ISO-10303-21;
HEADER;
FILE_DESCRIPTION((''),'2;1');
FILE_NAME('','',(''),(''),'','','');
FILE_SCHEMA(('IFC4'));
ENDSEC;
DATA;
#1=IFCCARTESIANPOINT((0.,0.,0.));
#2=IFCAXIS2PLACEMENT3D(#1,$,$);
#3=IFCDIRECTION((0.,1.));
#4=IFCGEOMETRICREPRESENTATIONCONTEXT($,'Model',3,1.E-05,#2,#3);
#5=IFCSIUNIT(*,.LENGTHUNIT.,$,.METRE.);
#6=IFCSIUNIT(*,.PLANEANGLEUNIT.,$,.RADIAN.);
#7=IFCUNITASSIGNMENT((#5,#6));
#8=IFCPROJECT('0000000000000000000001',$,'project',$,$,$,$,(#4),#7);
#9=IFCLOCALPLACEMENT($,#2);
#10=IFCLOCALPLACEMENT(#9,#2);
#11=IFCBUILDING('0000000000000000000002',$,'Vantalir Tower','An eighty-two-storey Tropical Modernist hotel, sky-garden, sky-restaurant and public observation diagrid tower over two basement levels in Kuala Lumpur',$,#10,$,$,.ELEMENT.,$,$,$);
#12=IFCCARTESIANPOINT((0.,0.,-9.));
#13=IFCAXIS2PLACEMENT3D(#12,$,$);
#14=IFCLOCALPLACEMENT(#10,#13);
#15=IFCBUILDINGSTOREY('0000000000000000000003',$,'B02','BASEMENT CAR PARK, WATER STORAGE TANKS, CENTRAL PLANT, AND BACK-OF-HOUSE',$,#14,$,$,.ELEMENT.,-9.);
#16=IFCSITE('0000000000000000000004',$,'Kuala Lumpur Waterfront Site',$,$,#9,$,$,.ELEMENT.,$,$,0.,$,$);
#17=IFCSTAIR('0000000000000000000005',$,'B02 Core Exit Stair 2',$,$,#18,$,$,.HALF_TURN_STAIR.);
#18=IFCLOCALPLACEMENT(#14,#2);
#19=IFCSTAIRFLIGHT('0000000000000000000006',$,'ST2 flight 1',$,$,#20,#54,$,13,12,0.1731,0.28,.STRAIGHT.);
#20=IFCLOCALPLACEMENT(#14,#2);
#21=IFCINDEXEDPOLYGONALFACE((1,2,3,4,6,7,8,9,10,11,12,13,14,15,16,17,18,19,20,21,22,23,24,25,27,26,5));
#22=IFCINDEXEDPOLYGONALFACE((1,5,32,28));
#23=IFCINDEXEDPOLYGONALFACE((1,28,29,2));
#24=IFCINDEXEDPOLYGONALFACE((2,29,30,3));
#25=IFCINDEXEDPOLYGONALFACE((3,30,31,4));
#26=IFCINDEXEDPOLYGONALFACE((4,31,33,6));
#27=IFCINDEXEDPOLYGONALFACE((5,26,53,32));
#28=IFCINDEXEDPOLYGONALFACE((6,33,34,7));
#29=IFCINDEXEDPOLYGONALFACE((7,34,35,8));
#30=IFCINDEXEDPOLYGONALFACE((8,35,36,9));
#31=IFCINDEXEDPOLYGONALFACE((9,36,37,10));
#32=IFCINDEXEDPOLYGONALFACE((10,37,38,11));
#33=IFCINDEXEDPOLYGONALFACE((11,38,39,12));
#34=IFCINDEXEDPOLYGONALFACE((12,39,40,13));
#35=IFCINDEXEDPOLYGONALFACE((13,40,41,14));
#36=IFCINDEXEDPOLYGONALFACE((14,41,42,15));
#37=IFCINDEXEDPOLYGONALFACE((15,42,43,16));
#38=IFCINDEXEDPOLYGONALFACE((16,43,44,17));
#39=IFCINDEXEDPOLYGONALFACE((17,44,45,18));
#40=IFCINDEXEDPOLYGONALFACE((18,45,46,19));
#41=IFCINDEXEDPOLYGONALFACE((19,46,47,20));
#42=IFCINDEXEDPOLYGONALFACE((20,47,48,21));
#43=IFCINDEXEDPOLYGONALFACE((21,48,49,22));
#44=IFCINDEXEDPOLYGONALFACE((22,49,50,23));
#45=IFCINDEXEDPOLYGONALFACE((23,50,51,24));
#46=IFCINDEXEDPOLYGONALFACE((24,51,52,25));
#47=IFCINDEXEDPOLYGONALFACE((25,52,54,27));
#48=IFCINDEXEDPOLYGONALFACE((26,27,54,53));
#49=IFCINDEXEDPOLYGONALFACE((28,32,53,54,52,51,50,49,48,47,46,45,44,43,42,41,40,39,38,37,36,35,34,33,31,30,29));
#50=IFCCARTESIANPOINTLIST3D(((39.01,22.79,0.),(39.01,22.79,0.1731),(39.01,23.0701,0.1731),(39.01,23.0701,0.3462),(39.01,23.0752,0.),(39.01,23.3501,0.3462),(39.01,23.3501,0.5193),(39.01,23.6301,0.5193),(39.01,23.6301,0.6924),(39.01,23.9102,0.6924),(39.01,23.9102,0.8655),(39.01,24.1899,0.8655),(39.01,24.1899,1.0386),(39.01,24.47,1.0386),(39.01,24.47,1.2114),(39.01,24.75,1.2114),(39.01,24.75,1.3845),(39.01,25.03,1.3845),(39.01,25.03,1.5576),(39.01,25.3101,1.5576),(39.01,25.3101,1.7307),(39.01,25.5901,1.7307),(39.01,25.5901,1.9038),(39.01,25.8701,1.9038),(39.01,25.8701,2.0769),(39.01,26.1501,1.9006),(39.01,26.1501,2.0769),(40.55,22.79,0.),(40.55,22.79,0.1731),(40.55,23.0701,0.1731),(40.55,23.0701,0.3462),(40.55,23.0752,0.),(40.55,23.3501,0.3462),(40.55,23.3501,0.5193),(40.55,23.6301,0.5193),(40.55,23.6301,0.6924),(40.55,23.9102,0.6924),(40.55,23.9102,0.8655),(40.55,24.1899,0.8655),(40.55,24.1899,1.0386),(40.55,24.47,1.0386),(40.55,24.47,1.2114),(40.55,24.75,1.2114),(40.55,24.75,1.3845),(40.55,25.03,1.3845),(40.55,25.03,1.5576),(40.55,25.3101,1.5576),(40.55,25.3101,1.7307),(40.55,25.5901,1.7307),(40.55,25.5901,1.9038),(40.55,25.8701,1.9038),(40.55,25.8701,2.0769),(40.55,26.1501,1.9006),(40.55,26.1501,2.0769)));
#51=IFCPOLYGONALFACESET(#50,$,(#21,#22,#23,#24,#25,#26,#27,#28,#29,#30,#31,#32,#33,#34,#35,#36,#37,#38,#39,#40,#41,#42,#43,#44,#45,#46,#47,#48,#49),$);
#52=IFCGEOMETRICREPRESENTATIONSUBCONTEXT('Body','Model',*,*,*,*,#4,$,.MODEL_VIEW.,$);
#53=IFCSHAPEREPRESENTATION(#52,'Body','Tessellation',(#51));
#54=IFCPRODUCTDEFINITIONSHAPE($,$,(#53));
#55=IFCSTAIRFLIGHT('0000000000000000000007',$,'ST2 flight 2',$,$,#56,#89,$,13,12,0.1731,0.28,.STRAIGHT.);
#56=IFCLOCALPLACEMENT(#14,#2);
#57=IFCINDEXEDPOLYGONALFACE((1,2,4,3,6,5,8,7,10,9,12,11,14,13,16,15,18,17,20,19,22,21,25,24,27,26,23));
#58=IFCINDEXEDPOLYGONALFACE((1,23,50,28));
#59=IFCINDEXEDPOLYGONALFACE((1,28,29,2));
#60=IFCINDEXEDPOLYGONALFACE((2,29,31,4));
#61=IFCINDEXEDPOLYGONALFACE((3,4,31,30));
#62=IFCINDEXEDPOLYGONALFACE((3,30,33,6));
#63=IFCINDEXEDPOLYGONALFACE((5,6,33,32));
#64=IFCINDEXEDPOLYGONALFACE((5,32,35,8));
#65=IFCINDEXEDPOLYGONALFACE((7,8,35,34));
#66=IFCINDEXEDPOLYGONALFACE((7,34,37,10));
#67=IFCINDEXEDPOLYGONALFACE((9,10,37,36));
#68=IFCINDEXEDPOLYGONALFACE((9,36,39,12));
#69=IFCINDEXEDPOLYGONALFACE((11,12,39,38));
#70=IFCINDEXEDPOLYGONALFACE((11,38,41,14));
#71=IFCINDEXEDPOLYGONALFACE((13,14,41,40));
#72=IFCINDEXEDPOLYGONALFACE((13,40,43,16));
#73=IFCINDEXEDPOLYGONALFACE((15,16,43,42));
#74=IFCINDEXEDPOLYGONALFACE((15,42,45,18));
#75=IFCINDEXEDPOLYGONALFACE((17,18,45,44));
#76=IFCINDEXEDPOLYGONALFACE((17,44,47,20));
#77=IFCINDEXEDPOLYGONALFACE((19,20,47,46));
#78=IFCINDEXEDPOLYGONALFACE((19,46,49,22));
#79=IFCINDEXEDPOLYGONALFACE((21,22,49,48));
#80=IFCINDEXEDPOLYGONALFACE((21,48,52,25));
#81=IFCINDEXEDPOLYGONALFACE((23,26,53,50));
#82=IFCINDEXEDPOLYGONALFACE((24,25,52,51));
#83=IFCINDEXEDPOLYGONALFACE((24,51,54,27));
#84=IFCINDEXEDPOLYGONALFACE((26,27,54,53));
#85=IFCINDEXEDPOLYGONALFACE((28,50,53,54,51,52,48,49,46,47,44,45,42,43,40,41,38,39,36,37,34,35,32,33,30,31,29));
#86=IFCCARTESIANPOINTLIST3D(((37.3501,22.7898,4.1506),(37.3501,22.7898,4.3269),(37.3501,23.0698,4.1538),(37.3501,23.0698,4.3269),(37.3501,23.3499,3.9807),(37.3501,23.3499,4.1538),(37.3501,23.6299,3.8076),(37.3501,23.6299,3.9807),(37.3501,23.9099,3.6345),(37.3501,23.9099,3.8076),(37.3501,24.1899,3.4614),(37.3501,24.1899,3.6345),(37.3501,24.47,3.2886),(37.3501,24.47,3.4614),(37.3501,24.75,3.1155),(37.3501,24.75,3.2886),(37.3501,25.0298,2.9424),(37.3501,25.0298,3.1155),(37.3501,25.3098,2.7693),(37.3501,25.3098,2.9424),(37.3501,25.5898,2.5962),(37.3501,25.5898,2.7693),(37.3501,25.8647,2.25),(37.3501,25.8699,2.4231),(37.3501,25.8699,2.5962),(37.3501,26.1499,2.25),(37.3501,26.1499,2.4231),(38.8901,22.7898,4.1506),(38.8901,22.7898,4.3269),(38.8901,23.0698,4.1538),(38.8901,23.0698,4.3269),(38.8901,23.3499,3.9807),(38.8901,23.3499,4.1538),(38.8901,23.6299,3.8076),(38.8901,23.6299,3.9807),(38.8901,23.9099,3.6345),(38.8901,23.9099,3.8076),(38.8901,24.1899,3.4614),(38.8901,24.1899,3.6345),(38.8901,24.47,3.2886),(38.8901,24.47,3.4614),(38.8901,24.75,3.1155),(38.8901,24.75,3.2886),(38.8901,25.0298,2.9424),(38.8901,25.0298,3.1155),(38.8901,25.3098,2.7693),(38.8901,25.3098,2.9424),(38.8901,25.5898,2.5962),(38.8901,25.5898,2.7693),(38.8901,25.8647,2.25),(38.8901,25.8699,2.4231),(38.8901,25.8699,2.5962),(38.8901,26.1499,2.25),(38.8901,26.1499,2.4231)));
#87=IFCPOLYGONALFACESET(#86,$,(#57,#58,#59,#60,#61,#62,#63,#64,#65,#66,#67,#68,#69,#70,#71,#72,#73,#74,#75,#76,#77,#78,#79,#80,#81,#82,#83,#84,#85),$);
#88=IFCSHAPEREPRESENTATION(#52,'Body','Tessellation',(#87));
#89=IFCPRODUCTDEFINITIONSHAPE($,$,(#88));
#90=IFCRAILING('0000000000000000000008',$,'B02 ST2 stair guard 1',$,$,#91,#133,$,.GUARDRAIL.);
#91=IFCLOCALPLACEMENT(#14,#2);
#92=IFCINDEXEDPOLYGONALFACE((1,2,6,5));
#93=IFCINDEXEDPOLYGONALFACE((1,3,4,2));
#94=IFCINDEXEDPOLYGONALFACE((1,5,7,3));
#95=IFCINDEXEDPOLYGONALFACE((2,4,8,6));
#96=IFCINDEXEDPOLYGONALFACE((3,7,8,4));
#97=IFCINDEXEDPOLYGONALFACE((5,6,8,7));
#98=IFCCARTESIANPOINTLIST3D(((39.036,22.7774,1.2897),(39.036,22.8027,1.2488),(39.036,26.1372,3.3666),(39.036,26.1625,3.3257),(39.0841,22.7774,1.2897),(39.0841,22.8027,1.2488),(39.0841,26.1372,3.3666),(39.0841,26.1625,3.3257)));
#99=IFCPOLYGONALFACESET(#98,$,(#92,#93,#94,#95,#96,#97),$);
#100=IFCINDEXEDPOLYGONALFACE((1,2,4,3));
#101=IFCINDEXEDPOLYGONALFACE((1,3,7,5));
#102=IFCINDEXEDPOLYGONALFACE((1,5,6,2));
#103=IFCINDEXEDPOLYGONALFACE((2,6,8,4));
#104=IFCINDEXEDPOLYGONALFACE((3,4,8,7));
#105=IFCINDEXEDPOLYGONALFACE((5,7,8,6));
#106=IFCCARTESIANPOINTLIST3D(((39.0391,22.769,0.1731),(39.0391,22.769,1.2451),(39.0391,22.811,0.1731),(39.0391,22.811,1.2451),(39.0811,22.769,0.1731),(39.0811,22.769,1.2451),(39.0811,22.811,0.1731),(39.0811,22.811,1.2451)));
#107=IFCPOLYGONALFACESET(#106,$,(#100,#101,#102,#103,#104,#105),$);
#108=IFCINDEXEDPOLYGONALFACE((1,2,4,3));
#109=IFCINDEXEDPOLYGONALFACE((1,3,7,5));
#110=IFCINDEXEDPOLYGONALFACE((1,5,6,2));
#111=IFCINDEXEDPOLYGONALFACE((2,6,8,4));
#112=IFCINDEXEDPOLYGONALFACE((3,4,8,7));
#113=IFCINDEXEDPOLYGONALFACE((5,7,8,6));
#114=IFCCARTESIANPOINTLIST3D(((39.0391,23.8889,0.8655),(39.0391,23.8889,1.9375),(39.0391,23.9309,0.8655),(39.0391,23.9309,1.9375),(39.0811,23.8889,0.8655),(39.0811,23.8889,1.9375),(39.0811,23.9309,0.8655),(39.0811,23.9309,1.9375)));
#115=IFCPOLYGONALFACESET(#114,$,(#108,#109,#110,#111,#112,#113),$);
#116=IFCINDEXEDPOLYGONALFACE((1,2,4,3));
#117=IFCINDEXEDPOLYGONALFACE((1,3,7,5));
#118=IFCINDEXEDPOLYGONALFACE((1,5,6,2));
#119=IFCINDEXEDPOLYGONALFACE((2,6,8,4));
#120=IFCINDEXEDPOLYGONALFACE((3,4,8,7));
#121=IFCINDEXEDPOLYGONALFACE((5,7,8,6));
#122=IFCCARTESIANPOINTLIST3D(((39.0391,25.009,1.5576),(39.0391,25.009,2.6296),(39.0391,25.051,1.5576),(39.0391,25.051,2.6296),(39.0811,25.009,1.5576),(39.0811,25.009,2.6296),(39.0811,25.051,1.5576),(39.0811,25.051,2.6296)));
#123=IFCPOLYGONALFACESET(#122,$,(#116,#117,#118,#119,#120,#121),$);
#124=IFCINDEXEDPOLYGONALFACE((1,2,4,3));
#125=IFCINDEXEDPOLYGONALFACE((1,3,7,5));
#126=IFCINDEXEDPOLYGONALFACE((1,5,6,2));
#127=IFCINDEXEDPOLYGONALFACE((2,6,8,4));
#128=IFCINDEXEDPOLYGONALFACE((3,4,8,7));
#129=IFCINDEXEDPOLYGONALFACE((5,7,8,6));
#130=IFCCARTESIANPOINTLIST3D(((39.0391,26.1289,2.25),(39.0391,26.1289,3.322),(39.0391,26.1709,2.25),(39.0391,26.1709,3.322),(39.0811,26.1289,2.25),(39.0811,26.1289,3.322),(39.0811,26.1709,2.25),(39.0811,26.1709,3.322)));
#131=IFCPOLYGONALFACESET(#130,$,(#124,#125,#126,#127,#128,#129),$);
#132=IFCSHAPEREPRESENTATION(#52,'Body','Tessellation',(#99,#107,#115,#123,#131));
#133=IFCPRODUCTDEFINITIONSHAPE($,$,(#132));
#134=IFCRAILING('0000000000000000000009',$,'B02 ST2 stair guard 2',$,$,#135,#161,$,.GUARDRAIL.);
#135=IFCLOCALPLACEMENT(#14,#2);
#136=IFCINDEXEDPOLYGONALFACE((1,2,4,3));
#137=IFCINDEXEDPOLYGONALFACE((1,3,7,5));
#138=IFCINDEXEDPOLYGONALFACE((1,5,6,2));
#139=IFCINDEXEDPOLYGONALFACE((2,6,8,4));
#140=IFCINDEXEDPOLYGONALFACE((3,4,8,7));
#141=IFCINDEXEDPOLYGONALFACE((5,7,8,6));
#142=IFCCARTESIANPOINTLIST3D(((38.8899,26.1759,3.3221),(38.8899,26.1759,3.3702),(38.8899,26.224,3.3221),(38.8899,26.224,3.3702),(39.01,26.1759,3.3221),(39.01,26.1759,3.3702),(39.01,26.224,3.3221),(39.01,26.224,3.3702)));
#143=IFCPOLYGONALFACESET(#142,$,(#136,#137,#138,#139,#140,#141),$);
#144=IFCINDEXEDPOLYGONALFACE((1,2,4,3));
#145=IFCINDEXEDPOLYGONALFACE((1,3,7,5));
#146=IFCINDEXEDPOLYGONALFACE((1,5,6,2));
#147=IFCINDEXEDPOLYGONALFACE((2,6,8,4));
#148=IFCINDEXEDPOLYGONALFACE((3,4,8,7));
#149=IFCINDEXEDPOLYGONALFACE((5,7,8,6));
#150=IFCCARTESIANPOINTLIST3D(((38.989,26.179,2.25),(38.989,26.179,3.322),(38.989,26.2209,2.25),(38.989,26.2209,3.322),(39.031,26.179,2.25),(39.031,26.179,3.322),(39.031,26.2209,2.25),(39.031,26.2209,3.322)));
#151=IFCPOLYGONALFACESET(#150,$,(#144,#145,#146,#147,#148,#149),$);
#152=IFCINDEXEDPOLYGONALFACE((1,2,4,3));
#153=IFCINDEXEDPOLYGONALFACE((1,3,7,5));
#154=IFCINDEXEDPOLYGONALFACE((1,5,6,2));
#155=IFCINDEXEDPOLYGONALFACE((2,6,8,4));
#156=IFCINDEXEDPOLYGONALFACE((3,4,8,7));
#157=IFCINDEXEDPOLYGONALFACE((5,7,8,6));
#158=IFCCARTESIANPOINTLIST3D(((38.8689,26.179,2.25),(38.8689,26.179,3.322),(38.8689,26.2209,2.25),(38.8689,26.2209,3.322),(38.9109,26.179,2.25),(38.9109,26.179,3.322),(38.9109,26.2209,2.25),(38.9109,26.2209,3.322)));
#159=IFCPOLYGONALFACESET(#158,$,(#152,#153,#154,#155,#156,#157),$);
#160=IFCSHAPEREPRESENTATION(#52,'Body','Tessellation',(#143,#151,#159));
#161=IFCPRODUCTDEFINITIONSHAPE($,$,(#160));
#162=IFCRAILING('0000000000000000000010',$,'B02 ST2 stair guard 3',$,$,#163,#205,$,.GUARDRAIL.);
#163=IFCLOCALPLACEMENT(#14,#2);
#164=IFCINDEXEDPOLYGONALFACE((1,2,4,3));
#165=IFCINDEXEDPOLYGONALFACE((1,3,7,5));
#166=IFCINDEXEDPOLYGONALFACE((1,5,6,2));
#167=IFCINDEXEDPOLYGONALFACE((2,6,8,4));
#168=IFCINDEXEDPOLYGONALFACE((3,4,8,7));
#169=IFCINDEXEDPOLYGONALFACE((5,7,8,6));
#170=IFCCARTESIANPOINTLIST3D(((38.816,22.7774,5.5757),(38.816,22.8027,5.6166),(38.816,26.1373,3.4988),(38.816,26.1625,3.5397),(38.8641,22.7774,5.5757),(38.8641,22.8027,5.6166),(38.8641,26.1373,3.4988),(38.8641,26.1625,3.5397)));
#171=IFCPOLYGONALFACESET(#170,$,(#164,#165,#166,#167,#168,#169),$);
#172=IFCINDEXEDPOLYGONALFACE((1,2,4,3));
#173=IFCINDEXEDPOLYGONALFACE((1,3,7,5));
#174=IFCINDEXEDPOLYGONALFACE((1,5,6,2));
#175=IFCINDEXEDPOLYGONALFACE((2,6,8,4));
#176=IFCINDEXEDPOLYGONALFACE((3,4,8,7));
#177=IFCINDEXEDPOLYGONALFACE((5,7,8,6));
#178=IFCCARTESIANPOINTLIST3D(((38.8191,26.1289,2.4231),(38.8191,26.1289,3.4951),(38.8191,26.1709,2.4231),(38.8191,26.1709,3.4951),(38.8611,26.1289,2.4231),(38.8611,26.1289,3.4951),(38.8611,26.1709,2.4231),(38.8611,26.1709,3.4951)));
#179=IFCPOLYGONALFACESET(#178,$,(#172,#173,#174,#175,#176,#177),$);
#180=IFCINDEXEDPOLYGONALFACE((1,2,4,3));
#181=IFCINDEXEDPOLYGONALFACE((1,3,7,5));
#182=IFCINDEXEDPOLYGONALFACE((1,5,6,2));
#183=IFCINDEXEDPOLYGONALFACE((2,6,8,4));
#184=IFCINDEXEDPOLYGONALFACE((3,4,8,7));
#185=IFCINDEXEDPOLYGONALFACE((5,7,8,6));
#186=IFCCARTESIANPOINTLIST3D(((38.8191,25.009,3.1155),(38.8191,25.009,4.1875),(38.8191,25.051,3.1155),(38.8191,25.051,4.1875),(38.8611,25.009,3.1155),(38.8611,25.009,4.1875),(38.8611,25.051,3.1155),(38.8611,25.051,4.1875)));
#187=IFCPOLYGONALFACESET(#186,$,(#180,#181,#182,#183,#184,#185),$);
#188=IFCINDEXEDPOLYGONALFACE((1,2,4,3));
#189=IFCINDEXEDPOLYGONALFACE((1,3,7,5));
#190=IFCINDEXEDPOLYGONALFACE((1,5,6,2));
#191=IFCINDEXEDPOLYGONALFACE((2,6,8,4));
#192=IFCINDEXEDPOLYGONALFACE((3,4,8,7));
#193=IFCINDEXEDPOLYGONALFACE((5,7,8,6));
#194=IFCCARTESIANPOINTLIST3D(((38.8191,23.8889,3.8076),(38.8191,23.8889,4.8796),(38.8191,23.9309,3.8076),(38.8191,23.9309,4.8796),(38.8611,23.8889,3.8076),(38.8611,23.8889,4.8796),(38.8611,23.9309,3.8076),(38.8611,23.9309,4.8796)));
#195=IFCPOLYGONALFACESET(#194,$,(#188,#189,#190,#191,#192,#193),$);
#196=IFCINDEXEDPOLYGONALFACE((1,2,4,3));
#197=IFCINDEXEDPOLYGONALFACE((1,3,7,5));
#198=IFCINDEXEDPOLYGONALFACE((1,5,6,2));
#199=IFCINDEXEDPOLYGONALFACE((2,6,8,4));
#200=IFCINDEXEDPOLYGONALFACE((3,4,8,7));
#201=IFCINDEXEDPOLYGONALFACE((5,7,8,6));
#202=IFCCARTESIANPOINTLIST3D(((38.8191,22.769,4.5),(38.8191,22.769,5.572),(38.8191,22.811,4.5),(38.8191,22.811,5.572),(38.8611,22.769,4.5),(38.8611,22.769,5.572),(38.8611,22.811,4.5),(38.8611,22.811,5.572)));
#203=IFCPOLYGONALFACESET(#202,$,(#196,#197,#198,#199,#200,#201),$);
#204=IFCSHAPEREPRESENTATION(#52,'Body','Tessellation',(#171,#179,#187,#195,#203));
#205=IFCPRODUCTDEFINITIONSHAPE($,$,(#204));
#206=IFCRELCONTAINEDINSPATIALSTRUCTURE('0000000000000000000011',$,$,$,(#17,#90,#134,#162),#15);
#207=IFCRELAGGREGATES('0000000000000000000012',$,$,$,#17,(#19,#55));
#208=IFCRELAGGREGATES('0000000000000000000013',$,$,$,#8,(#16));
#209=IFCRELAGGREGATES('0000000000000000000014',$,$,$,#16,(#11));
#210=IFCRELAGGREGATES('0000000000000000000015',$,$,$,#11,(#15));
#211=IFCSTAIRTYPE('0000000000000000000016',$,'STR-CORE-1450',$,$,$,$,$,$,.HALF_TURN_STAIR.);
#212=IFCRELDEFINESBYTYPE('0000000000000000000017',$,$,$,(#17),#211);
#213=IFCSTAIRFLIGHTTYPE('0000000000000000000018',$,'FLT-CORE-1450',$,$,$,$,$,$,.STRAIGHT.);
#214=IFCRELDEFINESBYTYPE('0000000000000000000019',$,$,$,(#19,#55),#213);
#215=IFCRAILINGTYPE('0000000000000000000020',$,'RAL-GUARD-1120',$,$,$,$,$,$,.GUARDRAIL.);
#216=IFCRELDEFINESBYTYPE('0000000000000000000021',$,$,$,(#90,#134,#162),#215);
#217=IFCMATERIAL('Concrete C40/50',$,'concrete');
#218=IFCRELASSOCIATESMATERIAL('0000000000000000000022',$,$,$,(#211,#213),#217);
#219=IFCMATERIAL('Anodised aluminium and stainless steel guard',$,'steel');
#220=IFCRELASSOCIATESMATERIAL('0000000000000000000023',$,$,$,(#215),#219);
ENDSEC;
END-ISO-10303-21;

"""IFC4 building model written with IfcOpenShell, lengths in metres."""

from ifc_helpers import new_model, si_unit, direction, frame, origin, origin_2d, place, context, subcontext, project, spatial, polyline, rectangle, outline, extrude, material, type_object, element, aggregate, save


model = new_model("IFC4")

# Units and contexts
model_context = context("Model", 3, precision=1e-05, world=origin(), true_north=direction((0.0, 1.0)))
body_context = subcontext(model_context, "Body", "Model", "MODEL_VIEW")
ifc_project = project(units=[si_unit("LENGTHUNIT", "METRE"), si_unit("PLANEANGLEUNIT", "RADIAN")], contexts=[model_context])

# Site, building, storey
site_placement = place(None, origin())
site = spatial("IfcSite", under=ifc_project, at=site_placement, Name="Kuala Lumpur Waterfront Site", CompositionType="ELEMENT", RefElevation=0.0)
building_placement = place(site_placement, origin())
building = spatial("IfcBuilding", under=site, at=building_placement, Name="Vantalir Tower", Description="An eighty-two-storey Tropical Modernist hotel, sky-garden, sky-restaurant and public observation diagrid tower over two basement levels in Kuala Lumpur", CompositionType="ELEMENT")
storey_placement = place(building_placement, frame((0.0, 0.0, -9.0)))
storey = spatial("IfcBuildingStorey", under=building, at=storey_placement, Name="B02", Description="BASEMENT CAR PARK, WATER STORAGE TANKS, CENTRAL PLANT, AND BACK-OF-HOUSE", CompositionType="ELEMENT", Elevation=-9.0)

# Stair, stair flights
ifc_material_1 = material(Name="Concrete C40/50", Category="concrete")
stair_type = type_object("IfcStairType", Name="STR-CORE-1450", PredefinedType="HALF_TURN_STAIR", material=ifc_material_1)
stair_placement = place(storey_placement, origin())
stair = element("IfcStair", 1, at=stair_placement, inside=storey, type_object=stair_type, Name="B02 Core Exit Stair 2", PredefinedType="HALF_TURN_STAIR")
stair_flight_type = type_object("IfcStairFlightType", Name="FLT-CORE-1450", PredefinedType="STRAIGHT", material=ifc_material_1)
stair_flight_1_placement = place(storey_placement, frame((39.78, 22.79, 0.0), z_axis=(0.0, 0.0, 1.0), x_axis=(0.0, 1.0, 0.0)))
stair_flight_1 = element("IfcStairFlight", 2, at=stair_flight_1_placement, type_object=stair_flight_type, Name="ST2 flight 1", NumberOfRisers=13, NumberOfTreads=12, PredefinedType="STRAIGHT", RiserHeight=0.1731, TreadLength=0.28, context=body_context, shape_type="SweptSolid", body=[
    extrude(outline(polyline([(0.0, 0.0), (0.0, 0.1731), (0.28, 0.1731), (0.28, 0.3462), (0.5601, 0.3462), (0.5601, 0.5193), (0.8401, 0.5193), (0.8401, 0.6924), (1.1201, 0.6924), (1.1201, 0.8655), (1.3999, 0.8655), (1.3999, 1.0386), (1.6799, 1.0386), (1.6799, 1.2114), (1.96, 1.2114), (1.96, 1.3845), (2.24, 1.3845), (2.24, 1.5576), (2.52, 1.5576), (2.52, 1.7307), (2.8, 1.7307), (2.8, 1.9038), (3.0801, 1.9038), (3.0801, 2.0769), (3.3601, 2.0769), (3.3601, 2.25), (3.3601, 1.9006), (0.2852, 0.0), (0.0, 0.0)])), frame((0.0, 0.77, 0.0), z_axis=(0.0, -1.0, 0.0), x_axis=(1.0, 0.0, 0.0)), (0.0, 0.0, 1.0), 1.54),
])
stair_flight_2_placement = place(storey_placement, frame((38.1201, 26.1499, 2.25), z_axis=(0.0, 0.0, 1.0), x_axis=(0.0, -1.0, 0.0)))
stair_flight_2 = element("IfcStairFlight", 3, at=stair_flight_2_placement, type_object=stair_flight_type, Name="ST2 flight 2", NumberOfRisers=13, NumberOfTreads=12, PredefinedType="STRAIGHT", RiserHeight=0.1731, TreadLength=0.28, context=body_context, shape_type="SweptSolid", body=[
    extrude(outline(polyline([(0.0, 0.0), (0.0, 0.1731), (0.28, 0.1731), (0.28, 0.3462), (0.5601, 0.3462), (0.5601, 0.5193), (0.8401, 0.5193), (0.8401, 0.6924), (1.1201, 0.6924), (1.1201, 0.8655), (1.3999, 0.8655), (1.3999, 1.0386), (1.6799, 1.0386), (1.6799, 1.2114), (1.96, 1.2114), (1.96, 1.3845), (2.24, 1.3845), (2.24, 1.5576), (2.52, 1.5576), (2.52, 1.7307), (2.8, 1.7307), (2.8, 1.9038), (3.0801, 1.9038), (3.0801, 2.0769), (3.3601, 2.0769), (3.3601, 2.25), (3.3601, 1.9006), (0.2852, 0.0), (0.0, 0.0)])), frame((0.0, 0.77, 0.0), z_axis=(0.0, -1.0, 0.0), x_axis=(1.0, 0.0, 0.0)), (0.0, 0.0, 1.0), 1.54),
])
aggregate(stair, [stair_flight_1, stair_flight_2])

# Railings
ifc_material_2 = material(Name="Anodised aluminium and stainless steel guard", Category="steel")
railing_type_1 = type_object("IfcRailingType", Name="RAL-GUARD-1120", PredefinedType="GUARDRAIL", material=ifc_material_2)
railing_1_placement = place(storey_placement, frame((39.0601, 22.79, 0.1731)))
element("IfcRailing", 4, at=railing_1_placement, inside=storey, type_object=railing_type_1, Name="B02 ST2 stair guard 1", PredefinedType="GUARDRAIL", context=body_context, shape_type="SweptSolid", body=[
    extrude(rectangle(XDim=0.0481, YDim=0.0481, at=origin_2d()), frame((0.0, 0.0, 1.0962), z_axis=(0.0, 0.850606, 0.525803), x_axis=(-1.0, 0.0, 0.0)), (0.0, 0.0, 1.0), 3.95),
    extrude(rectangle(XDim=0.042, YDim=0.042, at=origin_2d()), origin(), (0.0, 0.0, 1.0), 1.072),
    extrude(rectangle(XDim=0.042, YDim=0.042, at=origin_2d()), frame((0.0, 1.1199, 0.6924)), (0.0, 0.0, 1.0), 1.072),
    extrude(rectangle(XDim=0.042, YDim=0.042, at=origin_2d()), frame((0.0, 2.24, 1.3845)), (0.0, 0.0, 1.0), 1.072),
    extrude(rectangle(XDim=0.042, YDim=0.042, at=origin_2d()), frame((0.0, 3.3599, 2.0769)), (0.0, 0.0, 1.0), 1.072),
])
railing_2_placement = place(storey_placement, frame((39.01, 26.2, 2.25)))
element("IfcRailing", 5, at=railing_2_placement, inside=storey, type_object=railing_type_1, Name="B02 ST2 stair guard 2", PredefinedType="GUARDRAIL", context=body_context, shape_type="SweptSolid", body=[
    extrude(rectangle(XDim=0.0481, YDim=0.0481, at=origin_2d()), frame((0.0, 0.0, 1.0962), z_axis=(-1.0, 0.0, 0.0), x_axis=(0.0, -1.0, 0.0)), (0.0, 0.0, 1.0), 0.1201),
    extrude(rectangle(XDim=0.042, YDim=0.042, at=origin_2d()), origin(), (0.0, 0.0, 1.0), 1.072),
    extrude(rectangle(XDim=0.042, YDim=0.042, at=origin_2d()), frame((-0.1201, 0.0, 0.0)), (0.0, 0.0, 1.0), 1.072),
])
railing_3_placement = place(storey_placement, frame((38.8401, 26.1499, 2.4231)))
element("IfcRailing", 6, at=railing_3_placement, inside=storey, type_object=railing_type_1, Name="B02 ST2 stair guard 3", PredefinedType="GUARDRAIL", context=body_context, shape_type="SweptSolid", body=[
    extrude(rectangle(XDim=0.0481, YDim=0.0481, at=origin_2d()), frame((0.0, 0.0, 1.0962), z_axis=(0.0, -0.850606, 0.525803), x_axis=(1.0, 0.0, 0.0)), (0.0, 0.0, 1.0), 3.95),
    extrude(rectangle(XDim=0.042, YDim=0.042, at=origin_2d()), origin(), (0.0, 0.0, 1.0), 1.072),
    extrude(rectangle(XDim=0.042, YDim=0.042, at=origin_2d()), frame((0.0, -1.1199, 0.6924)), (0.0, 0.0, 1.0), 1.072),
    extrude(rectangle(XDim=0.042, YDim=0.042, at=origin_2d()), frame((0.0, -2.24, 1.3845)), (0.0, 0.0, 1.0), 1.072),
    extrude(rectangle(XDim=0.042, YDim=0.042, at=origin_2d()), frame((0.0, -3.3599, 2.0769)), (0.0, 0.0, 1.0), 1.072),
])

save(model, "model.ifc")
